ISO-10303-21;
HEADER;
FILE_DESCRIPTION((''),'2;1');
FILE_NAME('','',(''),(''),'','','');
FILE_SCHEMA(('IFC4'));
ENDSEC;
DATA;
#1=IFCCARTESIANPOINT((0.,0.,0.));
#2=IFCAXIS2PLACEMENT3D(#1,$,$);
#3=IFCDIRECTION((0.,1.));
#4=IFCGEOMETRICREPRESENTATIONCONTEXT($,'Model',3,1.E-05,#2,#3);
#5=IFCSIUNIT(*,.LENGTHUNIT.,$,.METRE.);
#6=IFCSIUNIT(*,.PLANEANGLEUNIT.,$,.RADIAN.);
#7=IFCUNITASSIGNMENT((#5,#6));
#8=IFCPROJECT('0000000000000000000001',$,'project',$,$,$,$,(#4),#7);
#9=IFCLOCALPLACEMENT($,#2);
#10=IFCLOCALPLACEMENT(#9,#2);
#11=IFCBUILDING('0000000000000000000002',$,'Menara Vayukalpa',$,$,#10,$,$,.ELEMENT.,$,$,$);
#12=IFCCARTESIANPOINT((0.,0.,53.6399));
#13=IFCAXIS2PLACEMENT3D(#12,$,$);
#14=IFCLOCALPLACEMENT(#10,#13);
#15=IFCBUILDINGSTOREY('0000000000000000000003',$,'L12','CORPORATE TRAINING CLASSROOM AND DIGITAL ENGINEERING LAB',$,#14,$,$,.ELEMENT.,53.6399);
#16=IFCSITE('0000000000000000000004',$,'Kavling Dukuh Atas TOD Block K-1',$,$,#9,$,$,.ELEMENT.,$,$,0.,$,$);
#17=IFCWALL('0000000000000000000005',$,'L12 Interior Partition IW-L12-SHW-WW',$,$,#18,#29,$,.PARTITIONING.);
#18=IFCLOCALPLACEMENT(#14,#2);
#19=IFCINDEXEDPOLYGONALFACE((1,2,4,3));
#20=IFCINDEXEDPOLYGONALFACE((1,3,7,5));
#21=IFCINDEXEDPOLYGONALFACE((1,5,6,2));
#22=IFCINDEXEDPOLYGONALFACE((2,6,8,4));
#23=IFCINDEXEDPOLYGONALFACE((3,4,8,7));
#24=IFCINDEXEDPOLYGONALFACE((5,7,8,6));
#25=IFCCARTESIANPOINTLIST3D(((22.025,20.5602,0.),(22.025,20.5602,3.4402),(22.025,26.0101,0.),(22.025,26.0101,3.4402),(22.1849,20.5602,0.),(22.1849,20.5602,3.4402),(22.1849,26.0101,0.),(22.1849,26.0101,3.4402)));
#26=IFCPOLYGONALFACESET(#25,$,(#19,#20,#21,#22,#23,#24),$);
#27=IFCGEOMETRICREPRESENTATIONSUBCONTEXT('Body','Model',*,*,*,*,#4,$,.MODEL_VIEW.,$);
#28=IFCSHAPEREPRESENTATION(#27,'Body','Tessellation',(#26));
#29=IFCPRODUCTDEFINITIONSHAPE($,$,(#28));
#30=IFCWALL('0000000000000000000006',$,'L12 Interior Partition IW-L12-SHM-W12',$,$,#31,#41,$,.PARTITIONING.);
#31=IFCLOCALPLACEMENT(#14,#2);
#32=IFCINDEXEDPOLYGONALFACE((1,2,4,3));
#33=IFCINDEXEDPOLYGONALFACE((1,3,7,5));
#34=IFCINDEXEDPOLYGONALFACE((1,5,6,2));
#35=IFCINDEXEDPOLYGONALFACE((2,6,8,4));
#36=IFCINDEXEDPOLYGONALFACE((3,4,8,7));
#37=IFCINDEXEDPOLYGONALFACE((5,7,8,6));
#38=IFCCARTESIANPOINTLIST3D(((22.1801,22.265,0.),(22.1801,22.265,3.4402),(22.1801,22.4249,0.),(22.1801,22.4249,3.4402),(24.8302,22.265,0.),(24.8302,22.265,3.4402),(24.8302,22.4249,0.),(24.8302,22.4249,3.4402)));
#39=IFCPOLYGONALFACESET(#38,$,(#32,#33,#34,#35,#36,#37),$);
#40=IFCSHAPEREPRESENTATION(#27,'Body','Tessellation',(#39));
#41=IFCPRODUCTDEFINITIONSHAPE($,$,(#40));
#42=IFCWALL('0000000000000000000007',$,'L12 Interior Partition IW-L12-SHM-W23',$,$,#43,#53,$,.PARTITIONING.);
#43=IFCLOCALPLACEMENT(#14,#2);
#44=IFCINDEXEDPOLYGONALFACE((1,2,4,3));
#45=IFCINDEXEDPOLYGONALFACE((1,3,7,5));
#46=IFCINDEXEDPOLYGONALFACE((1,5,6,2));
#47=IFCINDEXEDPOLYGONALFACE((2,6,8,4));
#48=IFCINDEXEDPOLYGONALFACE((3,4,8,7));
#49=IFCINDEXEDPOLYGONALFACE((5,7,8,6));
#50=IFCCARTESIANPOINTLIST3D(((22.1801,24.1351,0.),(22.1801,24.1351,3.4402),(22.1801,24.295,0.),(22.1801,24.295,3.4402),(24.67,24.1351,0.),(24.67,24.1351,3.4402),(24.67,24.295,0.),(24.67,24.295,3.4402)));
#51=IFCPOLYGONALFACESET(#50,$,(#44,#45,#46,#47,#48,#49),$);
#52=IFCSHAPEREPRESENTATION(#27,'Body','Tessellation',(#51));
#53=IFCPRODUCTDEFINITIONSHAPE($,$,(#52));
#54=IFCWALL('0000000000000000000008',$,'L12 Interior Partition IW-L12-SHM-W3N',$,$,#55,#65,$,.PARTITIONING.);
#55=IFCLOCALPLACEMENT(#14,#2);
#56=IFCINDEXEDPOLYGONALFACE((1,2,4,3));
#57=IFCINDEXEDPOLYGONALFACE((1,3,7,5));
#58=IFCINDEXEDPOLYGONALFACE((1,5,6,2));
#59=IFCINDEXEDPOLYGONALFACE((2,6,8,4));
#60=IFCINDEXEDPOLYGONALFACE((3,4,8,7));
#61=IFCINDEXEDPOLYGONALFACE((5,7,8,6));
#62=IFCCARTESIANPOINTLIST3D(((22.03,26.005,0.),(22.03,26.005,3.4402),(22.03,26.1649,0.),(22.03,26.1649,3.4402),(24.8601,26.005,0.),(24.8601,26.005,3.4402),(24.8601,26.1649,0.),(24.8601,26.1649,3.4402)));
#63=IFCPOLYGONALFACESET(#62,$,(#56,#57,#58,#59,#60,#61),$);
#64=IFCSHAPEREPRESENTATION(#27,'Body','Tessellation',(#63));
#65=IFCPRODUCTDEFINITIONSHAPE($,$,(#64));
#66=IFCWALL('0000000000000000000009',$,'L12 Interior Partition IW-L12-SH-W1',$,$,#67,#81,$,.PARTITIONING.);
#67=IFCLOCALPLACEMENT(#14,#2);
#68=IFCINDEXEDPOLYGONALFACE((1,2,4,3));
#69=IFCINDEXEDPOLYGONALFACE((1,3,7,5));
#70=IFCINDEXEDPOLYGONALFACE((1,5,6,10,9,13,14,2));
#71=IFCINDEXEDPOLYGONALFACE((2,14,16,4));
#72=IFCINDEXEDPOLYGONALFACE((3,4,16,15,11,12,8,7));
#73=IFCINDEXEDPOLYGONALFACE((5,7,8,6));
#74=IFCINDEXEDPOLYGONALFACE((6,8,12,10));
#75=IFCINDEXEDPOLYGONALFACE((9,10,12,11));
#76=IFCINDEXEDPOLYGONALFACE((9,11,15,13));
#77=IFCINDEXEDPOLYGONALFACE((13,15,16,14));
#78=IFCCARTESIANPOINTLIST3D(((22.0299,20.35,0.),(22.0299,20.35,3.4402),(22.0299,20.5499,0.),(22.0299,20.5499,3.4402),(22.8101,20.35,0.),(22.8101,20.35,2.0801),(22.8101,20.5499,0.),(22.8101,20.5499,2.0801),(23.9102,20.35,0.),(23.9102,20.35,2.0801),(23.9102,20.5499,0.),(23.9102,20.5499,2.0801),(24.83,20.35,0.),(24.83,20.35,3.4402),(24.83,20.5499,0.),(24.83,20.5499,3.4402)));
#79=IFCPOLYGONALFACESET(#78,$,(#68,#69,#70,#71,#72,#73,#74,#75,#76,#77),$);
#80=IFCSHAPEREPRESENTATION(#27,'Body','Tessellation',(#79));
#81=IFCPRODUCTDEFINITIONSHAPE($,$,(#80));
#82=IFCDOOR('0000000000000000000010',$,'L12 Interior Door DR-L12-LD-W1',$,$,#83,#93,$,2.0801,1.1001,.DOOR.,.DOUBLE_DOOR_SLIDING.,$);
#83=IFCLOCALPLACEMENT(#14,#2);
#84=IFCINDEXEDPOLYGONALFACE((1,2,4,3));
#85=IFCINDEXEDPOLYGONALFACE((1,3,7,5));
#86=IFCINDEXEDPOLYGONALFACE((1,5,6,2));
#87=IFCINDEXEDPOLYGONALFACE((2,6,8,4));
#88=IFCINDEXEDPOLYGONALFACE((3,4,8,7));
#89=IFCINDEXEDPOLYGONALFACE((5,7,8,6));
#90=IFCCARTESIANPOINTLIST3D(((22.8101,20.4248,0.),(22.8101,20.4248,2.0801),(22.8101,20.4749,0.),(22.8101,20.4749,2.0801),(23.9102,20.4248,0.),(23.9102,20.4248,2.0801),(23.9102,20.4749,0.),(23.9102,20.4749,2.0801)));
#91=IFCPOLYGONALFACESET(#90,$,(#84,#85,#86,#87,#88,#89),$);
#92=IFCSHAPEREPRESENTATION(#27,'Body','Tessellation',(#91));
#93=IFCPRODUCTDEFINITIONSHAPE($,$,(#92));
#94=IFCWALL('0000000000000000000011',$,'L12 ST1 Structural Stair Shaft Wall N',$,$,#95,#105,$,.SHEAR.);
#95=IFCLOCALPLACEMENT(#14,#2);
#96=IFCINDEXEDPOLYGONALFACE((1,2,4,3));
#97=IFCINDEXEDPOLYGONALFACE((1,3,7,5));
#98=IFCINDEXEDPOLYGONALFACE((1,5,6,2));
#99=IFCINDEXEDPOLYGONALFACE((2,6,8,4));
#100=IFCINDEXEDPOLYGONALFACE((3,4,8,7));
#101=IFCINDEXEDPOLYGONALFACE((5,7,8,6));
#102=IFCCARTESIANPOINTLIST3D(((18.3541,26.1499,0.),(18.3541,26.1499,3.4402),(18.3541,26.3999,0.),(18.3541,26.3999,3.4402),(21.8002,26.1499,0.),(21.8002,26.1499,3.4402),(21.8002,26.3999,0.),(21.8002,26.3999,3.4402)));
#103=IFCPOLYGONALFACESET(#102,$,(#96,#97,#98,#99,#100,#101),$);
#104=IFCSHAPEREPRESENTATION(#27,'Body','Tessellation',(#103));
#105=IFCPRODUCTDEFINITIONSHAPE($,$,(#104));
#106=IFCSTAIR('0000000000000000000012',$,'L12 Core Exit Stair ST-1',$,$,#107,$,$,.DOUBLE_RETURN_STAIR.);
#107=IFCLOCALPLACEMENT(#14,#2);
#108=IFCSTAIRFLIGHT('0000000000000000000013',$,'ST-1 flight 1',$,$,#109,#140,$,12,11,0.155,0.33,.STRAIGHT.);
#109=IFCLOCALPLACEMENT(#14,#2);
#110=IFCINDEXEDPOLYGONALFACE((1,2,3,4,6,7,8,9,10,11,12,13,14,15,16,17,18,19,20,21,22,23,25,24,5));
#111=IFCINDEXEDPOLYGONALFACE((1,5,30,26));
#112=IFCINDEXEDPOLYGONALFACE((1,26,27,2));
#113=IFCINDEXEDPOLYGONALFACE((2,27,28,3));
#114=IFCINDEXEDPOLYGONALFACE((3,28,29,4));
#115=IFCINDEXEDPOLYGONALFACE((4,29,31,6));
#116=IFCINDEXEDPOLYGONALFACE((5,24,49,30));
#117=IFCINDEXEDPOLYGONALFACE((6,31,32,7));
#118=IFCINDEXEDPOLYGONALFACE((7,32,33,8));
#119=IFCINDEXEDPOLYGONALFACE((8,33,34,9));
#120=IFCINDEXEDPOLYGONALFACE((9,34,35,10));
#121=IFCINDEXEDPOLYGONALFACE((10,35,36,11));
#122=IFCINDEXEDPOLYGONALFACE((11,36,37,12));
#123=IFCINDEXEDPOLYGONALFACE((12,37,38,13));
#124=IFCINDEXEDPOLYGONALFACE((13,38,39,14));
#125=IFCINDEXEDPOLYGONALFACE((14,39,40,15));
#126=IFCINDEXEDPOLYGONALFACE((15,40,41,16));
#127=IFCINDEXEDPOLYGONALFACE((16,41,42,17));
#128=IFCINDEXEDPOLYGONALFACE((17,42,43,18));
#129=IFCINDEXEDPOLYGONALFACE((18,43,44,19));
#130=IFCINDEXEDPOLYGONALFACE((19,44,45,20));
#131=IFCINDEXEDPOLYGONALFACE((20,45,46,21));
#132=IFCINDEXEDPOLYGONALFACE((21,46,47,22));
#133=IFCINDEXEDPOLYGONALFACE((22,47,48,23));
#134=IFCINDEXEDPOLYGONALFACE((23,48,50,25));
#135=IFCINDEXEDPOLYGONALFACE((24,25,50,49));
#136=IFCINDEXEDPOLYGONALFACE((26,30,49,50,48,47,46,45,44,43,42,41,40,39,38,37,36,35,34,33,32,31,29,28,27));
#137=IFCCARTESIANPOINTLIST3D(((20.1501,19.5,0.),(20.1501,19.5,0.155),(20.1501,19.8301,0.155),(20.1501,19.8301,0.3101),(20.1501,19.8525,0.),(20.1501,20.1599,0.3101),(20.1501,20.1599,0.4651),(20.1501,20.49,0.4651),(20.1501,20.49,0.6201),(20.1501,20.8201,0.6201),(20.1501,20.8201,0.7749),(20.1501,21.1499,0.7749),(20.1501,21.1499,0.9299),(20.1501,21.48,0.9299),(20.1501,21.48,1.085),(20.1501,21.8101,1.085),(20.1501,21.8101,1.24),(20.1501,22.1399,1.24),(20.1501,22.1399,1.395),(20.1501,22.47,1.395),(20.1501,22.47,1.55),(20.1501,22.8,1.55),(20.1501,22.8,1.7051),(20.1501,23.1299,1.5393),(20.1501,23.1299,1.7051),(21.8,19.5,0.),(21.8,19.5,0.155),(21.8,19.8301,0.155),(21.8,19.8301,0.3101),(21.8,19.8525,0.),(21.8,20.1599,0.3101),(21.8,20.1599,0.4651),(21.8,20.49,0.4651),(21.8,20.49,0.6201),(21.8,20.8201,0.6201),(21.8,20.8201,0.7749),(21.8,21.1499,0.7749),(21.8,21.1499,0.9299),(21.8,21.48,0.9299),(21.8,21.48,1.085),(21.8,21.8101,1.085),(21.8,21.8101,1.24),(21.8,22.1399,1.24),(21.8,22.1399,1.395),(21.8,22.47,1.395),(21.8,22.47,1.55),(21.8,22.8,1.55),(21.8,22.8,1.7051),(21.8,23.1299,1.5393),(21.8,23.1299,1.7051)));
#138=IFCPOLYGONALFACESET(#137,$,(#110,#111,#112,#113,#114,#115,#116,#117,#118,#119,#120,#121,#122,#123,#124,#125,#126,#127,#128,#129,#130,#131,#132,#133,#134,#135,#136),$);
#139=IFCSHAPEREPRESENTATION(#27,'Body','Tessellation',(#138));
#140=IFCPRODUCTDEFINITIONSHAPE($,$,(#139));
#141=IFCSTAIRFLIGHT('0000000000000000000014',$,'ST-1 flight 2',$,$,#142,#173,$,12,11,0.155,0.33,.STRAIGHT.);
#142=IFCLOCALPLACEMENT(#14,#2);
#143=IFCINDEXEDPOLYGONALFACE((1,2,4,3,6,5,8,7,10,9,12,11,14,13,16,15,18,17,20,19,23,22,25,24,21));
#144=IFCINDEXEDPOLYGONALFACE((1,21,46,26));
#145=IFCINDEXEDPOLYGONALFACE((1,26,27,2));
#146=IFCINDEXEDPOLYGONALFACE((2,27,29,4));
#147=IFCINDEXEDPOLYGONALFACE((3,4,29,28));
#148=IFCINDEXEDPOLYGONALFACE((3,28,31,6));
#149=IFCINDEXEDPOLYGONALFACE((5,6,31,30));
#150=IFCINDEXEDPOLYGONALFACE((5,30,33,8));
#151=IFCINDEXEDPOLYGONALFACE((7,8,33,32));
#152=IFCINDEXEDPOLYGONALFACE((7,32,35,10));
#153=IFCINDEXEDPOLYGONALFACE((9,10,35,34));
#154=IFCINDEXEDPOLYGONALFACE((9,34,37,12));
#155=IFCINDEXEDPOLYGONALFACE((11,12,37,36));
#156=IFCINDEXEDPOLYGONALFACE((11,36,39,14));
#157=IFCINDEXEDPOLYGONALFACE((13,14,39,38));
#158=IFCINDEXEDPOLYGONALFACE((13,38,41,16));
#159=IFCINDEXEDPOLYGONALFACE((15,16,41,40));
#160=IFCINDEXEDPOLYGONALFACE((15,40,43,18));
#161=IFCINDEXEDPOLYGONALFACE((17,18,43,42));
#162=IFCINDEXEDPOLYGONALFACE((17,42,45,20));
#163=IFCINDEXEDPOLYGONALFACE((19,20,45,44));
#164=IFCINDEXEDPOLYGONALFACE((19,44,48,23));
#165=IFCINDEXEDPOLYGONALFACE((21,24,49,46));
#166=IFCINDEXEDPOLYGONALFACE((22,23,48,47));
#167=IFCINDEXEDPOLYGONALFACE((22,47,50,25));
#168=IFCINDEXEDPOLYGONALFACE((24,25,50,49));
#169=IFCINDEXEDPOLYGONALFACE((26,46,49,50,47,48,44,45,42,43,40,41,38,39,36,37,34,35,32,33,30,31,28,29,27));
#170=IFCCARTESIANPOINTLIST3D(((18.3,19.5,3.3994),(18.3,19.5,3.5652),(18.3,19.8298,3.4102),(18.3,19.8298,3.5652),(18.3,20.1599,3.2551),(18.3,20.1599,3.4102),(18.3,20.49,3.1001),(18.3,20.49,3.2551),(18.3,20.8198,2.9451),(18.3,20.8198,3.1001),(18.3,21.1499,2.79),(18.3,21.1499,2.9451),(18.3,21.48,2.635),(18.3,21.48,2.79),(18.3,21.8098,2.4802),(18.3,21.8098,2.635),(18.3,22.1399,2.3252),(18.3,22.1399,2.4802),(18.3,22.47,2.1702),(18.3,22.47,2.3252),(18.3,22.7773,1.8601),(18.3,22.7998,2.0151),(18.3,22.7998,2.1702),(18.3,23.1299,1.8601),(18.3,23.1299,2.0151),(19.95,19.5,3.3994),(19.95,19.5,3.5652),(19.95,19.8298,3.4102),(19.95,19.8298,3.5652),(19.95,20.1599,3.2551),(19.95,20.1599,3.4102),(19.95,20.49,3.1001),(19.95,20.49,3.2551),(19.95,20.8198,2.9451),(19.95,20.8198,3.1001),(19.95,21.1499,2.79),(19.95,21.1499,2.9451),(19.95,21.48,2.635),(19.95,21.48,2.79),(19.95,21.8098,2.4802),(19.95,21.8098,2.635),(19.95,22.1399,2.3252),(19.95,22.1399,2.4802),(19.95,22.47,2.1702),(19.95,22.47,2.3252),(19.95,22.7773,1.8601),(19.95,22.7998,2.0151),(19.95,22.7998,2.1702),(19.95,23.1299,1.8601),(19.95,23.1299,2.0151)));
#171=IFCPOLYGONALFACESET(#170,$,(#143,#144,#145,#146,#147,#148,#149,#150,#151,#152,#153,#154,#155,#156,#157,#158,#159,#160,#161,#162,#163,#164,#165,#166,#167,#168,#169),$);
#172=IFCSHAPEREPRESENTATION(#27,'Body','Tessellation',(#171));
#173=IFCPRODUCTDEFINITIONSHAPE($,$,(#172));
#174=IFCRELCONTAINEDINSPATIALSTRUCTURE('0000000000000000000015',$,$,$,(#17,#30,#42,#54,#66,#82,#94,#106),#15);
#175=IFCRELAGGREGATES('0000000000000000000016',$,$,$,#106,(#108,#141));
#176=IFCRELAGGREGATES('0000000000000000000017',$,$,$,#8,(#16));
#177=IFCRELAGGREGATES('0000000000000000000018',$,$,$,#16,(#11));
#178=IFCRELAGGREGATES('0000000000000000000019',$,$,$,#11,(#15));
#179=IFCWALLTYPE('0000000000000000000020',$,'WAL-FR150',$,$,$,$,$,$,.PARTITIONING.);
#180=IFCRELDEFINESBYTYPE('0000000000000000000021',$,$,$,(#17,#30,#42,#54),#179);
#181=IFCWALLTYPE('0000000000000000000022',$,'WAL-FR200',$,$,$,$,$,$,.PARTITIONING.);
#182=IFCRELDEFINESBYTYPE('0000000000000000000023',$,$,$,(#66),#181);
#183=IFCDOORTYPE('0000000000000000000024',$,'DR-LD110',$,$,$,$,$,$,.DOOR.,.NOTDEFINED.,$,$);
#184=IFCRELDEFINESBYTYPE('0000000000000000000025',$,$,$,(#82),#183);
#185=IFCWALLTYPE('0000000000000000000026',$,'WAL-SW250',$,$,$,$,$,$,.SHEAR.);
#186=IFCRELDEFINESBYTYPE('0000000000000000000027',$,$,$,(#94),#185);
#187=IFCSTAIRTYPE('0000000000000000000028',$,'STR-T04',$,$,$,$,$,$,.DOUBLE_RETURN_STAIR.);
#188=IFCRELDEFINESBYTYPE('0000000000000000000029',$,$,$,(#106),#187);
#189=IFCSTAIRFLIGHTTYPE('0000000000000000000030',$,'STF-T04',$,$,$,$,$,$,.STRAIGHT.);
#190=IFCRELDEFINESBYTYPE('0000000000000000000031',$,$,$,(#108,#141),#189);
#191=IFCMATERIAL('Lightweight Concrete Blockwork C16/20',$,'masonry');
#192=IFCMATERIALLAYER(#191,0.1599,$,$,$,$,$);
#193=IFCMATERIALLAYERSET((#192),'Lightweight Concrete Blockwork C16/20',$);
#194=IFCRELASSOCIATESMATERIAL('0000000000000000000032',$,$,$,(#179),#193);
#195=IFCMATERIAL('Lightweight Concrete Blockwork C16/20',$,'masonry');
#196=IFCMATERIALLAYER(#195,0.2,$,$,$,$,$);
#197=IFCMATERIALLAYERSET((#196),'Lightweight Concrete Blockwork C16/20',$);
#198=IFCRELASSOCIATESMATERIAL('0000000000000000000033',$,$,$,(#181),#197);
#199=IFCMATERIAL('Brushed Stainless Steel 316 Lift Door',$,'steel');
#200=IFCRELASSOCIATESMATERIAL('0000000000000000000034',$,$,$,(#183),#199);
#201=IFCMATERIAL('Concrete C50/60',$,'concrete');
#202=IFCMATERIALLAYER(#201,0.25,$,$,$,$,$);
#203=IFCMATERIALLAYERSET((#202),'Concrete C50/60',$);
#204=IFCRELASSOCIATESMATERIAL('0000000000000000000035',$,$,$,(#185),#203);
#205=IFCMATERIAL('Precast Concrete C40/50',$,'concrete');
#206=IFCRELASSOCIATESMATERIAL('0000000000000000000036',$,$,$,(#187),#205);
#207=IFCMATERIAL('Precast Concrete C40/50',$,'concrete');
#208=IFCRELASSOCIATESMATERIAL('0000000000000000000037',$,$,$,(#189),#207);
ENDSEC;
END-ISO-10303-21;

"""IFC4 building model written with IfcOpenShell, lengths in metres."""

from ifc_helpers import new_model, si_unit, direction, frame, frame_2d, origin, place, context, subcontext, project, spatial, polyline, rectangle, outline, extrude, material, layer, layer_set, type_object, element, fill, aggregate, save


model = new_model("IFC4")

# Units and contexts
model_context = context("Model", 3, precision=1e-05, world=origin(), true_north=direction((0.0, 1.0)))
body_context = subcontext(model_context, "Body", "Model", "MODEL_VIEW")
ifc_project = project(units=[si_unit("LENGTHUNIT", "METRE"), si_unit("PLANEANGLEUNIT", "RADIAN")], contexts=[model_context])

# Site, building, storey
site_placement = place(None, origin())
site = spatial("IfcSite", under=ifc_project, at=site_placement, Name="Kavling Dukuh Atas TOD Block K-1", CompositionType="ELEMENT", RefElevation=0.0)
building_placement = place(site_placement, origin())
building = spatial("IfcBuilding", under=site, at=building_placement, Name="Menara Vayukalpa", CompositionType="ELEMENT")
storey_placement = place(building_placement, frame((0.0, 0.0, 53.6399)))
storey = spatial("IfcBuildingStorey", under=building, at=storey_placement, Name="L12", Description="CORPORATE TRAINING CLASSROOM AND DIGITAL ENGINEERING LAB", CompositionType="ELEMENT", Elevation=53.6399)

# Walls
ifc_material_1 = material(Name="Lightweight Concrete Blockwork C16/20", Category="masonry")
ifc_layer_1 = layer(ifc_material_1, 0.1599)
ifc_layer_set_1 = layer_set([ifc_layer_1], Name="Lightweight Concrete Blockwork C16/20")
wall_type_1 = type_object("IfcWallType", Name="WAL-FR150", PredefinedType="PARTITIONING", material=ifc_layer_set_1)
wall_1_placement = place(storey_placement, frame((22.105, 20.5601, 0.0), z_axis=(0.0, 0.0, 1.0), x_axis=(0.0, 1.0, 0.0)))
element("IfcWall", 1, at=wall_1_placement, inside=storey, type_object=wall_type_1, Name="L12 Interior Partition IW-L12-SHW-WW", PredefinedType="PARTITIONING", context=body_context, shape_type="SweptSolid", body=[
    extrude(rectangle(XDim=5.45, YDim=0.1599, at=frame_2d((2.7251, 0.0))), origin(), (0.0, 0.0, 1.0), 3.4402),
])
wall_2_placement = place(storey_placement, frame((22.1799, 22.345, 0.0), z_axis=(0.0, 0.0, 1.0), x_axis=(1.0, 0.0, 0.0)))
element("IfcWall", 2, at=wall_2_placement, inside=storey, type_object=wall_type_1, Name="L12 Interior Partition IW-L12-SHM-W12", PredefinedType="PARTITIONING", context=body_context, shape_type="SweptSolid", body=[
    extrude(rectangle(XDim=2.6501, YDim=0.1599, at=frame_2d((1.3252, 0.0))), origin(), (0.0, 0.0, 1.0), 3.4402),
])
wall_3_placement = place(storey_placement, frame((22.1799, 24.2151, 0.0), z_axis=(0.0, 0.0, 1.0), x_axis=(1.0, 0.0, 0.0)))
element("IfcWall", 3, at=wall_3_placement, inside=storey, type_object=wall_type_1, Name="L12 Interior Partition IW-L12-SHM-W23", PredefinedType="PARTITIONING", context=body_context, shape_type="SweptSolid", body=[
    extrude(rectangle(XDim=2.49, YDim=0.1599, at=frame_2d((1.2451, 0.0))), origin(), (0.0, 0.0, 1.0), 3.4402),
])
wall_4_placement = place(storey_placement, frame((22.03, 26.085, 0.0), z_axis=(0.0, 0.0, 1.0), x_axis=(1.0, 0.0, 0.0)))
element("IfcWall", 4, at=wall_4_placement, inside=storey, type_object=wall_type_1, Name="L12 Interior Partition IW-L12-SHM-W3N", PredefinedType="PARTITIONING", context=body_context, shape_type="SweptSolid", body=[
    extrude(rectangle(XDim=2.8301, YDim=0.1599, at=frame_2d((1.415, 0.0))), origin(), (0.0, 0.0, 1.0), 3.4402),
])

# Wall, opening, door
ifc_material_2 = material(Name="Lightweight Concrete Blockwork C16/20", Category="masonry")
ifc_layer_2 = layer(ifc_material_2, 0.2)
ifc_layer_set_2 = layer_set([ifc_layer_2], Name="Lightweight Concrete Blockwork C16/20")
wall_type_2 = type_object("IfcWallType", Name="WAL-FR200", PredefinedType="PARTITIONING", material=ifc_layer_set_2)
wall_5_placement = place(storey_placement, frame((22.03, 20.45, 0.0), z_axis=(0.0, 0.0, 1.0), x_axis=(1.0, 0.0, 0.0)))
wall_5 = element("IfcWall", 5, at=wall_5_placement, inside=storey, type_object=wall_type_2, Name="L12 Interior Partition IW-L12-SH-W1", PredefinedType="PARTITIONING", context=body_context, shape_type="SweptSolid", body=[
    extrude(rectangle(XDim=2.8, YDim=0.2, at=frame_2d((1.3999, 0.0))), origin(), (0.0, 0.0, 1.0), 3.4402),
])
opening_placement = place(wall_5_placement, frame((0.78, 0.0, 0.0)))
opening = element("IfcOpeningElement", 6, at=opening_placement, cuts=wall_5, PredefinedType="OPENING", context=body_context, shape_type="SweptSolid", body=[
    extrude(rectangle(XDim=1.1001, YDim=2.0801, at=frame_2d((0.55, 1.04))), frame((0.0, 0.1099, 0.0), z_axis=(0.0, -1.0, 0.0), x_axis=(1.0, 0.0, 0.0)), (0.0, 0.0, 1.0), 0.22),
])
ifc_material_3 = material(Name="Brushed Stainless Steel 316 Lift Door", Category="steel")
door_type = type_object("IfcDoorType", Name="DR-LD110", OperationType="NOTDEFINED", PredefinedType="DOOR", material=ifc_material_3)
door_placement = place(opening_placement, origin())
door = element("IfcDoor", 7, at=door_placement, inside=storey, type_object=door_type, Name="L12 Interior Door DR-L12-LD-W1", OperationType="DOUBLE_DOOR_SLIDING", OverallHeight=2.0801, OverallWidth=1.1001, PredefinedType="DOOR", context=body_context, shape_type="SweptSolid", body=[
    extrude(rectangle(XDim=1.1001, YDim=2.0801, at=frame_2d((0.55, 1.04))), frame((0.0, 0.0249, 0.0), z_axis=(0.0, -1.0, 0.0), x_axis=(1.0, 0.0, 0.0)), (0.0, 0.0, 1.0), 0.05),
])
fill(opening, door)

# Wall
ifc_material_4 = material(Name="Concrete C50/60", Category="concrete")
ifc_layer_3 = layer(ifc_material_4, 0.25)
ifc_layer_set_3 = layer_set([ifc_layer_3], Name="Concrete C50/60")
wall_type_3 = type_object("IfcWallType", Name="WAL-SW250", PredefinedType="SHEAR", material=ifc_layer_set_3)
wall_6_placement = place(storey_placement, frame((18.354, 26.2749, 0.0), z_axis=(0.0, 0.0, 1.0), x_axis=(1.0, 0.0, 0.0)))
element("IfcWall", 8, at=wall_6_placement, inside=storey, type_object=wall_type_3, Name="L12 ST1 Structural Stair Shaft Wall N", PredefinedType="SHEAR", context=body_context, shape_type="SweptSolid", body=[
    extrude(rectangle(XDim=3.446, YDim=0.25, at=frame_2d((1.7231, 0.0))), origin(), (0.0, 0.0, 1.0), 3.4402),
])

# Stair, stair flights
ifc_material_5 = material(Name="Precast Concrete C40/50", Category="concrete")
stair_type = type_object("IfcStairType", Name="STR-T04", PredefinedType="DOUBLE_RETURN_STAIR", material=ifc_material_5)
stair_placement = place(storey_placement, origin())
stair = element("IfcStair", 9, at=stair_placement, inside=storey, type_object=stair_type, Name="L12 Core Exit Stair ST-1", PredefinedType="DOUBLE_RETURN_STAIR")
ifc_material_6 = material(Name="Precast Concrete C40/50", Category="concrete")
stair_flight_type = type_object("IfcStairFlightType", Name="STF-T04", PredefinedType="STRAIGHT", material=ifc_material_6)
stair_flight_1_placement = place(storey_placement, frame((20.9751, 19.5, 0.0), z_axis=(0.0, 0.0, 1.0), x_axis=(0.0, 1.0, 0.0)))
stair_flight_1 = element("IfcStairFlight", 10, at=stair_flight_1_placement, type_object=stair_flight_type, Name="ST-1 flight 1", NumberOfRisers=12, NumberOfTreads=11, PredefinedType="STRAIGHT", RiserHeight=0.155, TreadLength=0.33, context=body_context, shape_type="SweptSolid", body=[
    extrude(outline(polyline([(0.0, 0.0), (0.0, 0.155), (0.3301, 0.155), (0.3301, 0.3101), (0.6599, 0.3101), (0.6599, 0.4651), (0.99, 0.4651), (0.99, 0.6201), (1.3201, 0.6201), (1.3201, 0.7749), (1.6499, 0.7749), (1.6499, 0.9299), (1.98, 0.9299), (1.98, 1.085), (2.3101, 1.085), (2.3101, 1.24), (2.6399, 1.24), (2.6399, 1.395), (2.97, 1.395), (2.97, 1.55), (3.3, 1.55), (3.3, 1.7051), (3.6299, 1.7051), (3.6299, 1.8601), (3.6299, 1.5393), (0.3525, 0.0), (0.0, 0.0)])), frame((0.0, 0.825, 0.0), z_axis=(0.0, -1.0, 0.0), x_axis=(1.0, 0.0, 0.0)), (0.0, 0.0, 1.0), 1.6499),
])
stair_flight_2_placement = place(storey_placement, frame((19.125, 23.1299, 1.8601), z_axis=(0.0, 0.0, 1.0), x_axis=(0.0, -1.0, 0.0)))
stair_flight_2 = element("IfcStairFlight", 11, at=stair_flight_2_placement, type_object=stair_flight_type, Name="ST-1 flight 2", NumberOfRisers=12, NumberOfTreads=11, PredefinedType="STRAIGHT", RiserHeight=0.155, TreadLength=0.33, context=body_context, shape_type="SweptSolid", body=[
    extrude(outline(polyline([(0.0, 0.0), (0.0, 0.155), (0.3301, 0.155), (0.3301, 0.3101), (0.6599, 0.3101), (0.6599, 0.4651), (0.99, 0.4651), (0.99, 0.6201), (1.3201, 0.6201), (1.3201, 0.7749), (1.6499, 0.7749), (1.6499, 0.9299), (1.98, 0.9299), (1.98, 1.085), (2.3101, 1.085), (2.3101, 1.24), (2.6399, 1.24), (2.6399, 1.395), (2.97, 1.395), (2.97, 1.55), (3.3, 1.55), (3.3, 1.7051), (3.6299, 1.7051), (3.6299, 1.8601), (3.6299, 1.5393), (0.3525, 0.0), (0.0, 0.0)])), frame((0.0, 0.825, 0.0), z_axis=(0.0, -1.0, 0.0), x_axis=(1.0, 0.0, 0.0)), (0.0, 0.0, 1.0), 1.6499),
])
aggregate(stair, [stair_flight_1, stair_flight_2])

save(model, "model.ifc")
